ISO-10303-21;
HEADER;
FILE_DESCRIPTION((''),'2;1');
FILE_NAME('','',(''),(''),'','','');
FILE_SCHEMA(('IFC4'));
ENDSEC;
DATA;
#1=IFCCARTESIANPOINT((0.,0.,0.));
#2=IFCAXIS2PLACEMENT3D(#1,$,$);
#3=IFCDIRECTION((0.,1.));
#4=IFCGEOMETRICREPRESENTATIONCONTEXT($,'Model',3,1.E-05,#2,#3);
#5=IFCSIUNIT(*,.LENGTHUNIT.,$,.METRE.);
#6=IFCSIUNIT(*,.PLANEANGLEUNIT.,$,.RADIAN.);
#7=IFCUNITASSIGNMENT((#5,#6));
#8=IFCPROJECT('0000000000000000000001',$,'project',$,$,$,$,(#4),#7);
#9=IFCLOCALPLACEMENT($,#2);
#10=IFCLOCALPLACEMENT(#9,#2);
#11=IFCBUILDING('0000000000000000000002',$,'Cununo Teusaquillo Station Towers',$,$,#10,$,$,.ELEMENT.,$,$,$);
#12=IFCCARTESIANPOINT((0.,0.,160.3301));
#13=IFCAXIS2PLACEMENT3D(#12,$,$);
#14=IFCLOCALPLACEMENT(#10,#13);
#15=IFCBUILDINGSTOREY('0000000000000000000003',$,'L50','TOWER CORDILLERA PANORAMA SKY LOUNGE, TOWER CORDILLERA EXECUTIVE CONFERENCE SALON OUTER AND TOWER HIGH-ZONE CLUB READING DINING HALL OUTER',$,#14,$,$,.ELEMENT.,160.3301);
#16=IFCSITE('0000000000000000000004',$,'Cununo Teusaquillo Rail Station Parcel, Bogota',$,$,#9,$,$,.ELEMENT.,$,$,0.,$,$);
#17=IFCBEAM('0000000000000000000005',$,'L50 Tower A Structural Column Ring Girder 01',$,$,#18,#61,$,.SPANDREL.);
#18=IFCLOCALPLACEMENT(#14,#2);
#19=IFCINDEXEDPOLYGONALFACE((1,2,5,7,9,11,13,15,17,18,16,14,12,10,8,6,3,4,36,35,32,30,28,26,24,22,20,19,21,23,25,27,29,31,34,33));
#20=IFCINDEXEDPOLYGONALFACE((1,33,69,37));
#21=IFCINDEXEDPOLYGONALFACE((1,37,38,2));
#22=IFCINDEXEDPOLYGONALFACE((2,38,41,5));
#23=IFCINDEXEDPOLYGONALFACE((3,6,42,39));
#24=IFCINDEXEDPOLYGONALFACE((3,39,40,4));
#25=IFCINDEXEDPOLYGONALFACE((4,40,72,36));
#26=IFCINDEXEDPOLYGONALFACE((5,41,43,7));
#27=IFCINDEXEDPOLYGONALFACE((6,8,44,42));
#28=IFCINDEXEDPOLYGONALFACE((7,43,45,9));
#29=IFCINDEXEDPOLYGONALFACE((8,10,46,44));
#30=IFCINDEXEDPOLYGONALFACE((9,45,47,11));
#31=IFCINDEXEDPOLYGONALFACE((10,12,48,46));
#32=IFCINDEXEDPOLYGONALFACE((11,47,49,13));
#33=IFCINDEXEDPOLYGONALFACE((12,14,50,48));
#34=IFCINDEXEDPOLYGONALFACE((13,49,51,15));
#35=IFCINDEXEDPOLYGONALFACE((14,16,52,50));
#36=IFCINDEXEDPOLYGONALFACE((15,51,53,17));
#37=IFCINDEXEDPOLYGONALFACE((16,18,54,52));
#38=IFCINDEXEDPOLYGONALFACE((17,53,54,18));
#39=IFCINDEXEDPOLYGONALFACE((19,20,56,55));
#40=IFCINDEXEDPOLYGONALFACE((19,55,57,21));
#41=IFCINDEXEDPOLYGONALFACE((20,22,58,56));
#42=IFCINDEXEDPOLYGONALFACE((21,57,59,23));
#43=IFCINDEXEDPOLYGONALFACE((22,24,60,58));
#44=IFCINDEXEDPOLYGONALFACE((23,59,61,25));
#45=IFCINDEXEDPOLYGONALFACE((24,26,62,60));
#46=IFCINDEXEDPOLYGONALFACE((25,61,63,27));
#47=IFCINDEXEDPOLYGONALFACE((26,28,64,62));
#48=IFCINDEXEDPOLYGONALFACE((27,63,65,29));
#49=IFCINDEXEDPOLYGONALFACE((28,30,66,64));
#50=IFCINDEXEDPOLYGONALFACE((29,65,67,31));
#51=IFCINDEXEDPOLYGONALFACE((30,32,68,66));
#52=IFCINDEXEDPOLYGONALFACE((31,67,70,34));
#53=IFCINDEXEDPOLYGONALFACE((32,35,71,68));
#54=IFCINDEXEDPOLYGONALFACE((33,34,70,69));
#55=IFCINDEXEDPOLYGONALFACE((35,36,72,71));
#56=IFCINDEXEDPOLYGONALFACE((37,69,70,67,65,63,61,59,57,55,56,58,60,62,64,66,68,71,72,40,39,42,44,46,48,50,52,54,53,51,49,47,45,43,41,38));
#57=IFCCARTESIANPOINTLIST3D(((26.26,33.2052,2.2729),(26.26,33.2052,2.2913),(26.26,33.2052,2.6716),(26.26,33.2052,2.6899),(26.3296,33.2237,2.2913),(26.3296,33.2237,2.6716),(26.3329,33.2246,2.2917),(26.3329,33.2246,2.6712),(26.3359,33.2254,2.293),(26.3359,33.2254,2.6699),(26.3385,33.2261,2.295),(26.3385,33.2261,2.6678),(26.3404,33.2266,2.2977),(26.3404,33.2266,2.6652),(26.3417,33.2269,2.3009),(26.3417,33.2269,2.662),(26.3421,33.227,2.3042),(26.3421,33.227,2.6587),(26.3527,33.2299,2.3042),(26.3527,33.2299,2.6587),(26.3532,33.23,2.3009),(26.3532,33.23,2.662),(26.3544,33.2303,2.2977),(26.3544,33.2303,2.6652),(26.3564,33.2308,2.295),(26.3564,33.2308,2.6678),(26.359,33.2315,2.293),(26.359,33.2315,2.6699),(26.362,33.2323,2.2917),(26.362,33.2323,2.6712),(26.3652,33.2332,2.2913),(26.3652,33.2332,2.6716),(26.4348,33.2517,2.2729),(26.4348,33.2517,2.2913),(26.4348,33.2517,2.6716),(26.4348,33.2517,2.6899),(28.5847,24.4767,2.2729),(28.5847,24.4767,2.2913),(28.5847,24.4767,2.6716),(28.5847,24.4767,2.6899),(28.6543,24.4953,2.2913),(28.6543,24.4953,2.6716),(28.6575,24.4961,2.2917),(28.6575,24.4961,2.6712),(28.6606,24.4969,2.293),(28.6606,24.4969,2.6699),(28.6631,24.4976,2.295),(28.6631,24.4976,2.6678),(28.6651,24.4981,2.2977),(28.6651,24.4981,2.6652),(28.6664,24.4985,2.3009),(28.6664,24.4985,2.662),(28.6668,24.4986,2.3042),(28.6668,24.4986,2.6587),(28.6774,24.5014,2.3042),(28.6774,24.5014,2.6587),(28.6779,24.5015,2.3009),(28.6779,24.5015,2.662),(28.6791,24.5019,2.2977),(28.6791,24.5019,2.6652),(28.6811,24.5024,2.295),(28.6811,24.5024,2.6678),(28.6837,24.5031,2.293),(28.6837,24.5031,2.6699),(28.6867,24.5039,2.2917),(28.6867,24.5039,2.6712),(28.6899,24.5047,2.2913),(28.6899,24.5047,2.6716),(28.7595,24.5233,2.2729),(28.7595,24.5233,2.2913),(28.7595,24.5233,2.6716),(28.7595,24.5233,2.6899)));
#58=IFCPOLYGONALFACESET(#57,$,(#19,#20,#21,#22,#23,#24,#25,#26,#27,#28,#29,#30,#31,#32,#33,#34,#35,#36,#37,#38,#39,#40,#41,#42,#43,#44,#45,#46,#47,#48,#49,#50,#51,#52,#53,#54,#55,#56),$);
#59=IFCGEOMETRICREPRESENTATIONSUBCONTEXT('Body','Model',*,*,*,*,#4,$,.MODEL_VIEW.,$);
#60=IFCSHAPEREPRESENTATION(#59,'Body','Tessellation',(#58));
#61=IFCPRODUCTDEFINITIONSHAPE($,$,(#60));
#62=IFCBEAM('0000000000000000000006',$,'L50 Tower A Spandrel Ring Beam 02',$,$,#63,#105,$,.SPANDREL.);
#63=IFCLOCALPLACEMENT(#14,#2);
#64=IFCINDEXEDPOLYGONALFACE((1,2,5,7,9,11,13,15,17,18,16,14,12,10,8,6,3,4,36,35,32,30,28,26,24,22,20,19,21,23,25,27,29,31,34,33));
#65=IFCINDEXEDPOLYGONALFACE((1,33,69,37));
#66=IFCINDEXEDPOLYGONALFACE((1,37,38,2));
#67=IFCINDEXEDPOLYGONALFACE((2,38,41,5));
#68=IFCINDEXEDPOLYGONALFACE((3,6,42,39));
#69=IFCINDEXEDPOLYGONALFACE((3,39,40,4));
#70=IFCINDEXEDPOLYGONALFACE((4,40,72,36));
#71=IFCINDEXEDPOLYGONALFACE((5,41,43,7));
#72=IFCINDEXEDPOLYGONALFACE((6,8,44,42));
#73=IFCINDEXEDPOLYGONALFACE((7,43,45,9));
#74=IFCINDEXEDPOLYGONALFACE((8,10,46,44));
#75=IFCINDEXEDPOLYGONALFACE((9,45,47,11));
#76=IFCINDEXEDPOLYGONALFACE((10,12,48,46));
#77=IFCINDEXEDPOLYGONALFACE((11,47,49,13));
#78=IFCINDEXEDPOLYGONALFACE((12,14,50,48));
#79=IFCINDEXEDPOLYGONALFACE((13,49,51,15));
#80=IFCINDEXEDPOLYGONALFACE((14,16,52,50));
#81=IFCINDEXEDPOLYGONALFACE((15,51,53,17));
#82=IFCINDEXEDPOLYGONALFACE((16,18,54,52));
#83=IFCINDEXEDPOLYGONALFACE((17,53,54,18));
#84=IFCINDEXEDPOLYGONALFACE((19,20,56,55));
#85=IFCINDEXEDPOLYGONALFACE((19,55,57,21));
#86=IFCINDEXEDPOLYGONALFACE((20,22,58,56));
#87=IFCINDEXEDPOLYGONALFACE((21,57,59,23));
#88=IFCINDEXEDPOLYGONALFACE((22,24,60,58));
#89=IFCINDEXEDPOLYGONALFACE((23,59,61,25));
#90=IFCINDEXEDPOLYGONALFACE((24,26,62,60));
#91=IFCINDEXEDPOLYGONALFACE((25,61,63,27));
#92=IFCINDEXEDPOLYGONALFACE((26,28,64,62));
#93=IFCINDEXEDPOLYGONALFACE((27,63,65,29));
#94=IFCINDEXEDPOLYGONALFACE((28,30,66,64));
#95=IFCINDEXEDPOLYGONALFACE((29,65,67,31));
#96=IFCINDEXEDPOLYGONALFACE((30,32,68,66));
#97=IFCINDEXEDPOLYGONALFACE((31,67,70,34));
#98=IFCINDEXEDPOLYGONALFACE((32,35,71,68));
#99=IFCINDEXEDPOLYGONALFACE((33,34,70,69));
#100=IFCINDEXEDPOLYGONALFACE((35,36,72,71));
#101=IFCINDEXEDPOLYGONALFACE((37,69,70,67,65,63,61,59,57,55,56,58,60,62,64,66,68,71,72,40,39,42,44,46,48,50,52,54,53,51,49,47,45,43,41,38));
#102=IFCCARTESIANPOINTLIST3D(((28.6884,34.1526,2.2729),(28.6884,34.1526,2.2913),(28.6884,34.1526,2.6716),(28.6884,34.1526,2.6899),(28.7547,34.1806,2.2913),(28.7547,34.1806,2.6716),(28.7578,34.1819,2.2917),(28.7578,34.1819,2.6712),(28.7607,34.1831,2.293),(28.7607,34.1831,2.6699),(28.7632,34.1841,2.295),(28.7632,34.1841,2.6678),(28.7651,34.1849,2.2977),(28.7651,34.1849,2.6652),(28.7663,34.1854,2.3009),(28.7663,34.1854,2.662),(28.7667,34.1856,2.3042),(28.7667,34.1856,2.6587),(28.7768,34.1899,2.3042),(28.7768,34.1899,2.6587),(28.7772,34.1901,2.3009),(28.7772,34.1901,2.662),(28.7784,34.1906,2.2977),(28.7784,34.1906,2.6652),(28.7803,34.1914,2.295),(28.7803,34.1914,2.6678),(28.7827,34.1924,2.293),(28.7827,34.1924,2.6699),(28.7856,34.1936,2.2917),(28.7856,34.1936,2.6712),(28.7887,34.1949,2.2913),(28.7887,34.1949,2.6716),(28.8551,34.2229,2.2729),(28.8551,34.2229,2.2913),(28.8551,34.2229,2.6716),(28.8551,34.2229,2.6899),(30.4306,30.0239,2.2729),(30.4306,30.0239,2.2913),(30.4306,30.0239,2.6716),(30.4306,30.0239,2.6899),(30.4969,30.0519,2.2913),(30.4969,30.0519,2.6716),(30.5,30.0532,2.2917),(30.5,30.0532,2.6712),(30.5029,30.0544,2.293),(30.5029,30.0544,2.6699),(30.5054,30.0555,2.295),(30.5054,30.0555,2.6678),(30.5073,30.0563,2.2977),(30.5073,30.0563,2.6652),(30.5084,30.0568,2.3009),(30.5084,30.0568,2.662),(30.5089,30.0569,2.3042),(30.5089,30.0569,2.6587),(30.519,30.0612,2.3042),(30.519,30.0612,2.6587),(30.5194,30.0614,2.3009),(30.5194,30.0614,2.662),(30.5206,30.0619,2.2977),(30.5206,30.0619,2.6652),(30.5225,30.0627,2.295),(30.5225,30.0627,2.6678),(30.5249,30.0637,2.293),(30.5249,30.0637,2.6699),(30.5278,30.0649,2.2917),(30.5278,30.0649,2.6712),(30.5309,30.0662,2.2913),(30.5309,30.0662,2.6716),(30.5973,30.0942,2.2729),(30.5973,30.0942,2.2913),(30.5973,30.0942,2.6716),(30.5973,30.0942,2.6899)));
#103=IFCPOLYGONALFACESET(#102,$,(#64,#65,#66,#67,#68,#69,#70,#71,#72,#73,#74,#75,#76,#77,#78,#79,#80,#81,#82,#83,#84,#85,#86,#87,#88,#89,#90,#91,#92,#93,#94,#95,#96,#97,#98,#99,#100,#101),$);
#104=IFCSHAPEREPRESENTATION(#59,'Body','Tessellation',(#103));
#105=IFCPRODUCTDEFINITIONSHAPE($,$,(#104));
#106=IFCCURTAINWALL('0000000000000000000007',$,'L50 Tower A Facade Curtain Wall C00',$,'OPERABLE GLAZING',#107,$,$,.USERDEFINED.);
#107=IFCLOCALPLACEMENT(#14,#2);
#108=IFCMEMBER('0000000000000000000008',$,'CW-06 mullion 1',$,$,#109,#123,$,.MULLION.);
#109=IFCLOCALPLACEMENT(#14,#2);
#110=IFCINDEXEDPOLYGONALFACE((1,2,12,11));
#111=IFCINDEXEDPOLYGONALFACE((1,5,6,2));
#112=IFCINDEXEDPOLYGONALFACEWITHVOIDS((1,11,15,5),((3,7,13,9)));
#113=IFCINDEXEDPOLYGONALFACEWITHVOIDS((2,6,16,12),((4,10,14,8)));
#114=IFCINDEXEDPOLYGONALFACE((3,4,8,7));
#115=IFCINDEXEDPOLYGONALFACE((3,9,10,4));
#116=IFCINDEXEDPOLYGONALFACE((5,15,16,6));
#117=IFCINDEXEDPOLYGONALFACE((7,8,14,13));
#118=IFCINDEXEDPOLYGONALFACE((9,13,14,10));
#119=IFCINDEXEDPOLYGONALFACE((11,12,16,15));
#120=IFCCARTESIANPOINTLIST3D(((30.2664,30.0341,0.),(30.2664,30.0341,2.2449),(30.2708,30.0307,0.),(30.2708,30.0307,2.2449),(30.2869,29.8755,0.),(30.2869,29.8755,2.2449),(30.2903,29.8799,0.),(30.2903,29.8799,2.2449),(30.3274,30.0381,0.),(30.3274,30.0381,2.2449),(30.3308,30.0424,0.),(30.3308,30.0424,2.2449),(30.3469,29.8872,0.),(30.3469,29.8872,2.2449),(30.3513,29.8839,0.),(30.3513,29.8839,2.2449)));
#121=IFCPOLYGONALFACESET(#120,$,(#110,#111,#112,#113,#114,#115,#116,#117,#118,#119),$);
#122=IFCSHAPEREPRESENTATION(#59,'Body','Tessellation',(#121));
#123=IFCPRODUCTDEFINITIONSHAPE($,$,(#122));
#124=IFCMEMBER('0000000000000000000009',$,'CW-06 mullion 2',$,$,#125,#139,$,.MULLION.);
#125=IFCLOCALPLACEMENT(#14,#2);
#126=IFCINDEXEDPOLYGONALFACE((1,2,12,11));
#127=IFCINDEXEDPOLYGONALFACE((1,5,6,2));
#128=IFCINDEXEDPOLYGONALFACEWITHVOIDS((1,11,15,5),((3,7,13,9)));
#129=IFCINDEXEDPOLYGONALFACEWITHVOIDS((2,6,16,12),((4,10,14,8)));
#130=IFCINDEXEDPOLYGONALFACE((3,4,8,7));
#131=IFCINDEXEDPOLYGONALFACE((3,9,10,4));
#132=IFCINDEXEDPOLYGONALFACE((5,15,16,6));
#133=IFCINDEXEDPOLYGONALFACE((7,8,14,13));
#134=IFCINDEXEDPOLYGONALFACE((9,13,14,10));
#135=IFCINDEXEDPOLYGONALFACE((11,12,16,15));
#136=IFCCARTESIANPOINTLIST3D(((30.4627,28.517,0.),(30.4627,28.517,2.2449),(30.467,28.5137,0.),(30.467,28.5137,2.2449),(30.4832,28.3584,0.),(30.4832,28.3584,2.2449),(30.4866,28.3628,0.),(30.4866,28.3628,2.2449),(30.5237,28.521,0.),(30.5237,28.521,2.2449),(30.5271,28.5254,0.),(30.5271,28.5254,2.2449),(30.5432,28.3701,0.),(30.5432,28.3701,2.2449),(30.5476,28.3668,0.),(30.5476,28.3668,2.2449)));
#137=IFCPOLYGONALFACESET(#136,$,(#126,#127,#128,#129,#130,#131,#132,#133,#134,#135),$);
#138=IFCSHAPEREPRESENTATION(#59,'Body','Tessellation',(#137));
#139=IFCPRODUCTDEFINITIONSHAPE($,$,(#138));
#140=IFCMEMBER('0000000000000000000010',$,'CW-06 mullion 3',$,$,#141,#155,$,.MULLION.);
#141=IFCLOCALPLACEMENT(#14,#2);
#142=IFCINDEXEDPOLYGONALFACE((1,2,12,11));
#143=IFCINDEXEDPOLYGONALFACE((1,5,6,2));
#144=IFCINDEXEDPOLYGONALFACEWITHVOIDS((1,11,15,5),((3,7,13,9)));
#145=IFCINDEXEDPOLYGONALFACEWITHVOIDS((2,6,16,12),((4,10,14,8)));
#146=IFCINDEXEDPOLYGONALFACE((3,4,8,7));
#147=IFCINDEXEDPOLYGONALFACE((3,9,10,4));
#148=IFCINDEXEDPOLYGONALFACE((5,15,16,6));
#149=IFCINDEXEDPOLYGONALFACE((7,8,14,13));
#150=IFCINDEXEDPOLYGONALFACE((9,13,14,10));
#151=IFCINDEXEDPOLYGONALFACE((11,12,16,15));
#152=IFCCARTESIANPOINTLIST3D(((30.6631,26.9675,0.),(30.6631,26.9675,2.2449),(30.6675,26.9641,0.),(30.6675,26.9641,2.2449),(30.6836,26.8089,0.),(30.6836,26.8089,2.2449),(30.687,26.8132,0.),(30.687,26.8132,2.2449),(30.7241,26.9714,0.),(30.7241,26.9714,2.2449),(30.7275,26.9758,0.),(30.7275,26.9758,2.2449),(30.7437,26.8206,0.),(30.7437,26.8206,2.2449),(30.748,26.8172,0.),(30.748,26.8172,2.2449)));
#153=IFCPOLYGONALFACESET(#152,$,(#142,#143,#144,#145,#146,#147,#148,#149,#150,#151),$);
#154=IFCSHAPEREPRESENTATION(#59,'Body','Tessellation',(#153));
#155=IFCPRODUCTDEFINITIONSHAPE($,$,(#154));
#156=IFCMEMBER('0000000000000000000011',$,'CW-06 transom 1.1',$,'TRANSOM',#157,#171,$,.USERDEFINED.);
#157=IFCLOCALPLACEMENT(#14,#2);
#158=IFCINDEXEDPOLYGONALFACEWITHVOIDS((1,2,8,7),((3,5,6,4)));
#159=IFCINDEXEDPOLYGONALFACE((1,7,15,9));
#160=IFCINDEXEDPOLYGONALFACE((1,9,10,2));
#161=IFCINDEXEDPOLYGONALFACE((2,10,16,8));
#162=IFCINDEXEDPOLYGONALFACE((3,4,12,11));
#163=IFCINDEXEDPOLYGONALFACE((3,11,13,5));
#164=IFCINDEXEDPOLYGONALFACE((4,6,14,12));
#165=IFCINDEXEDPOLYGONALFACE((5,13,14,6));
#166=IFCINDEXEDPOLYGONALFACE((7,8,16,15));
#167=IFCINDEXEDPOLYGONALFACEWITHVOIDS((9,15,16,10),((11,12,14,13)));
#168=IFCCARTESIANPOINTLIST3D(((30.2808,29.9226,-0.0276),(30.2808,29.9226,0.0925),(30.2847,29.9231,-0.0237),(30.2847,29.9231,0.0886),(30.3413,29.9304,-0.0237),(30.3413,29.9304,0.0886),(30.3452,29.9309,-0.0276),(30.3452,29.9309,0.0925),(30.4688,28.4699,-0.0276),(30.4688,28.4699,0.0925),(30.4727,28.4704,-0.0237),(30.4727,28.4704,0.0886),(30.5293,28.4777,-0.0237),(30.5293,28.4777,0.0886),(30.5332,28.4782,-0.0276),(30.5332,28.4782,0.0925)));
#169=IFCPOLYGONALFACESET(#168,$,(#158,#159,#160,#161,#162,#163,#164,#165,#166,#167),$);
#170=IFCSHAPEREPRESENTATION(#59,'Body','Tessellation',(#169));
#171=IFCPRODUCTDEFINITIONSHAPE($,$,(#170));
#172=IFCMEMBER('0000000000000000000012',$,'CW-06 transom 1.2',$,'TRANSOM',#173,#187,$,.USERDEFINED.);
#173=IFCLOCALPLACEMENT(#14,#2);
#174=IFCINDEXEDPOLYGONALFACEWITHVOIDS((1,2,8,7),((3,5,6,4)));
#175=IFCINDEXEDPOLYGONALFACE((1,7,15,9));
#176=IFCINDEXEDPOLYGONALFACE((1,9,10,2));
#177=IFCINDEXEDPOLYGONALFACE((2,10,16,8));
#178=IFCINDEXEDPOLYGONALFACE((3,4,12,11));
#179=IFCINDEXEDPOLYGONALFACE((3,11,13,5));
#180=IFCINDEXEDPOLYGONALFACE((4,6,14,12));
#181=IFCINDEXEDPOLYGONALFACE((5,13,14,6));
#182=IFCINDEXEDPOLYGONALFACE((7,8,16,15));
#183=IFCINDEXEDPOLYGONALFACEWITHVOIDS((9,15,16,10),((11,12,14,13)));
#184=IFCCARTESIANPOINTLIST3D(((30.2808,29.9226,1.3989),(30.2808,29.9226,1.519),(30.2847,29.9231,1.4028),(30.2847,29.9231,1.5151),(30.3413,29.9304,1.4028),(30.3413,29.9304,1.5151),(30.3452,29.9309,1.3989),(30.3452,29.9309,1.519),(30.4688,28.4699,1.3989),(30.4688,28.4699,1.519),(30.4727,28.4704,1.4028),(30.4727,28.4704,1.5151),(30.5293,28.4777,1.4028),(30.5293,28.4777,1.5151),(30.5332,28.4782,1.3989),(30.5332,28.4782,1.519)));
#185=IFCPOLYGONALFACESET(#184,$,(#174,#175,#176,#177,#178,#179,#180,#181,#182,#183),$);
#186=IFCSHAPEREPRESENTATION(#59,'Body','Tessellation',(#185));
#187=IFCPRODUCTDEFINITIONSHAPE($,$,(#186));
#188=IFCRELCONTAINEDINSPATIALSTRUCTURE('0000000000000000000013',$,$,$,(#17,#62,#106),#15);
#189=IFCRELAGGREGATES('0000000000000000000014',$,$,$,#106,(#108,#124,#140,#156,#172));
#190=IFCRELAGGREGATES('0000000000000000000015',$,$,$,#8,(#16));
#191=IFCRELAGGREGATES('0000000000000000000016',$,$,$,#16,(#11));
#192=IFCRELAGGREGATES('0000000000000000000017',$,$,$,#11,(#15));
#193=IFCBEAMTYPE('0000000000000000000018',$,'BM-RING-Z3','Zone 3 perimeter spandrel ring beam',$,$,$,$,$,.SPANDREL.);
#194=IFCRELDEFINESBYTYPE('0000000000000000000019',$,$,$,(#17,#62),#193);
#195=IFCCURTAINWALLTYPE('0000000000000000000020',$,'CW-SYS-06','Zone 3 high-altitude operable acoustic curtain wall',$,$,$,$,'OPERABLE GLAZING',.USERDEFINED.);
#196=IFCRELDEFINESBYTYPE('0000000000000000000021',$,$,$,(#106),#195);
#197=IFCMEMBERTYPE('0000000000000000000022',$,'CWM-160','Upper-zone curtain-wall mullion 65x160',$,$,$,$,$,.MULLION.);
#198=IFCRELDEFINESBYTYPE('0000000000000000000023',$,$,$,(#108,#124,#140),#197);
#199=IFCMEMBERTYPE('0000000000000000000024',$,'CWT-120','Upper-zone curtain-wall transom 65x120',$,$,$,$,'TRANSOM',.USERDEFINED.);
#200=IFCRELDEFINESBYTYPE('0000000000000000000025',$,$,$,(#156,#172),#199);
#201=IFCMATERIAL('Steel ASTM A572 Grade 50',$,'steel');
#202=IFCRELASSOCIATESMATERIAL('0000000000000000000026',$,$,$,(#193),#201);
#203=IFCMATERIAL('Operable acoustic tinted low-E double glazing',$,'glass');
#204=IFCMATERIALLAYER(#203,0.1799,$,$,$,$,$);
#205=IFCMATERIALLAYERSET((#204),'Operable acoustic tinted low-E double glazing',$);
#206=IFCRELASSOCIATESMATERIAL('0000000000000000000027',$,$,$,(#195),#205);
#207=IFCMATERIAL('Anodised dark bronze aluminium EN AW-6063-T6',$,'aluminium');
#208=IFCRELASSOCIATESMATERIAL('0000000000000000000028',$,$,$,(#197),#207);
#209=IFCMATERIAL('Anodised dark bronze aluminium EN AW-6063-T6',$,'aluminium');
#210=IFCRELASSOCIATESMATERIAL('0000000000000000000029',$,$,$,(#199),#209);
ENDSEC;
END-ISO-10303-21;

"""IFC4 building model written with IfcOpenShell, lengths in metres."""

from ifc_helpers import new_model, si_unit, direction, frame, origin, origin_2d, place, context, subcontext, project, spatial, hollow_rectangle, i_section, extrude, material, layer, layer_set, material_profile, profile_set, type_object, element, aggregate, save


model = new_model("IFC4")

# Units and contexts
model_context = context("Model", 3, precision=1e-05, world=origin(), true_north=direction((0.0, 1.0)))
body_context = subcontext(model_context, "Body", "Model", "MODEL_VIEW")
ifc_project = project(units=[si_unit("LENGTHUNIT", "METRE"), si_unit("PLANEANGLEUNIT", "RADIAN")], contexts=[model_context])

# Site, building, storey
site_placement = place(None, origin())
site = spatial("IfcSite", under=ifc_project, at=site_placement, Name="Cununo Teusaquillo Rail Station Parcel, Bogota", CompositionType="ELEMENT", RefElevation=0.0)
building_placement = place(site_placement, origin())
building = spatial("IfcBuilding", under=site, at=building_placement, Name="Cununo Teusaquillo Station Towers", CompositionType="ELEMENT")
storey_placement = place(building_placement, frame((0.0, 0.0, 160.3301)))
storey = spatial("IfcBuildingStorey", under=building, at=storey_placement, Name="L50", Description="TOWER CORDILLERA PANORAMA SKY LOUNGE, TOWER CORDILLERA EXECUTIVE CONFERENCE SALON OUTER AND TOWER HIGH-ZONE CLUB READING DINING HALL OUTER", CompositionType="ELEMENT", Elevation=160.3301)

# Beams
ifc_material_1 = material(Name="Steel ASTM A572 Grade 50", Category="steel")
ifc_material_profile_1 = material_profile(ifc_material_1, i_section(OverallWidth=0.1809, OverallDepth=0.417, WebThickness=0.011, FlangeThickness=0.0183, FilletRadius=0.0129, at=origin_2d()), Name="W16X57")
ifc_profile_set_1 = profile_set([ifc_material_profile_1], Name="Steel ASTM A572 Grade 50")
beam_type_1 = type_object("IfcBeamType", Name="BM-RING-Z3", Description="Zone 3 perimeter spandrel ring beam", PredefinedType="SPANDREL", material=ifc_profile_set_1)
beam_1_placement = place(storey_placement, frame((28.6721, 24.5, 2.4814), z_axis=(-0.257363, 0.966315, 0.0), x_axis=(-0.966315, -0.257363, 0.0)))
element("IfcBeam", 1, at=beam_1_placement, inside=storey, type_object=beam_type_1, Name="L50 Tower A Structural Column Ring Girder 01", PredefinedType="SPANDREL", context=body_context, shape_type="SweptSolid", body=[
    extrude(i_section(OverallWidth=0.1809, OverallDepth=0.417, WebThickness=0.011, FlangeThickness=0.0183, FilletRadius=0.0129, at=origin_2d()), origin(), (0.0, 0.0, 1.0), 9.0327),
])
beam_2_placement = place(storey_placement, frame((30.5139, 30.0591, 2.4814), z_axis=(-0.388778, 0.921332, 0.0), x_axis=(-0.921332, -0.388778, 0.0)))
element("IfcBeam", 2, at=beam_2_placement, inside=storey, type_object=beam_type_1, Name="L50 Tower A Spandrel Ring Beam 02", PredefinedType="SPANDREL", context=body_context, shape_type="SweptSolid", body=[
    extrude(i_section(OverallWidth=0.1809, OverallDepth=0.417, WebThickness=0.011, FlangeThickness=0.0183, FilletRadius=0.0129, at=origin_2d()), origin(), (0.0, 0.0, 1.0), 4.4812),
])

# Curtain wall, members
ifc_material_2 = material(Name="Operable acoustic tinted low-E double glazing", Category="glass")
ifc_layer_1 = layer(ifc_material_2, 0.1799)
ifc_layer_set_1 = layer_set([ifc_layer_1], Name="Operable acoustic tinted low-E double glazing")
curtain_wall_type = type_object("IfcCurtainWallType", Name="CW-SYS-06", Description="Zone 3 high-altitude operable acoustic curtain wall", ElementType="OPERABLE GLAZING", PredefinedType="USERDEFINED", material=ifc_layer_set_1)
curtain_wall_placement = place(storey_placement, origin())
curtain_wall = element("IfcCurtainWall", 3, at=curtain_wall_placement, inside=storey, type_object=curtain_wall_type, Name="L50 Tower A Facade Curtain Wall C00", ObjectType="OPERABLE GLAZING", PredefinedType="USERDEFINED")
ifc_material_3 = material(Name="Anodised dark bronze aluminium EN AW-6063-T6", Category="aluminium")
ifc_material_profile_2 = material_profile(ifc_material_3, hollow_rectangle(XDim=0.0649, YDim=0.1599, WallThickness=0.0039, at=origin_2d()), Name="CW-MULL-65x160")
ifc_profile_set_2 = profile_set([ifc_material_profile_2], Name="Anodised dark bronze aluminium EN AW-6063-T6")
member_type_1 = type_object("IfcMemberType", Name="CWM-160", Description="Upper-zone curtain-wall mullion 65x160", PredefinedType="MULLION", material=ifc_profile_set_2)
member_1_placement = place(storey_placement, frame((30.3088, 29.959, 0.0), z_axis=(0.0, 0.0, 1.0), x_axis=(0.991736, 0.128293, 0.0)))
member_1 = element("IfcMember", 4, at=member_1_placement, type_object=member_type_1, Name="CW-06 mullion 1", PredefinedType="MULLION", context=body_context, shape_type="SweptSolid", body=[
    extrude(hollow_rectangle(XDim=0.0649, YDim=0.1599, WallThickness=0.0039, at=origin_2d()), origin(), (0.0, 0.0, 1.0), 2.2449),
])
member_2_placement = place(storey_placement, frame((30.5051, 28.4419, 0.0), z_axis=(0.0, 0.0, 1.0), x_axis=(0.991736, 0.128293, 0.0)))
member_2 = element("IfcMember", 5, at=member_2_placement, type_object=member_type_1, Name="CW-06 mullion 2", PredefinedType="MULLION", context=body_context, shape_type="SweptSolid", body=[
    extrude(hollow_rectangle(XDim=0.0649, YDim=0.1599, WallThickness=0.0039, at=origin_2d()), origin(), (0.0, 0.0, 1.0), 2.2449),
])
member_3_placement = place(storey_placement, frame((30.7056, 26.8923, 0.0), z_axis=(0.0, 0.0, 1.0), x_axis=(0.991736, 0.128293, 0.0)))
member_3 = element("IfcMember", 6, at=member_3_placement, type_object=member_type_1, Name="CW-06 mullion 3", PredefinedType="MULLION", context=body_context, shape_type="SweptSolid", body=[
    extrude(hollow_rectangle(XDim=0.0649, YDim=0.1599, WallThickness=0.0039, at=origin_2d()), origin(), (0.0, 0.0, 1.0), 2.2449),
])
ifc_material_4 = material(Name="Anodised dark bronze aluminium EN AW-6063-T6", Category="aluminium")
ifc_material_profile_3 = material_profile(ifc_material_4, hollow_rectangle(XDim=0.0649, YDim=0.1201, WallThickness=0.0039, at=origin_2d()), Name="CW-TRAN-65x120")
ifc_profile_set_3 = profile_set([ifc_material_profile_3], Name="Anodised dark bronze aluminium EN AW-6063-T6")
member_type_2 = type_object("IfcMemberType", Name="CWT-120", Description="Upper-zone curtain-wall transom 65x120", ElementType="TRANSOM", PredefinedType="USERDEFINED", material=ifc_profile_set_3)
member_4_placement = place(storey_placement, frame((30.313, 29.9268, 0.0325), z_axis=(0.128342, -0.99173, 0.0), x_axis=(0.99173, 0.128342, 0.0)))
member_4 = element("IfcMember", 7, at=member_4_placement, type_object=member_type_2, Name="CW-06 transom 1.1", ObjectType="TRANSOM", PredefinedType="USERDEFINED", context=body_context, shape_type="SweptSolid", body=[
    extrude(hollow_rectangle(XDim=0.0649, YDim=0.1201, WallThickness=0.0039, at=origin_2d()), origin(), (0.0, 0.0, 1.0), 1.4648),
])
member_5_placement = place(storey_placement, frame((30.313, 29.9268, 1.459), z_axis=(0.128342, -0.99173, 0.0), x_axis=(0.99173, 0.128342, 0.0)))
member_5 = element("IfcMember", 8, at=member_5_placement, type_object=member_type_2, Name="CW-06 transom 1.2", ObjectType="TRANSOM", PredefinedType="USERDEFINED", context=body_context, shape_type="SweptSolid", body=[
    extrude(hollow_rectangle(XDim=0.0649, YDim=0.1201, WallThickness=0.0039, at=origin_2d()), origin(), (0.0, 0.0, 1.0), 1.4648),
])
aggregate(curtain_wall, [member_1, member_2, member_3, member_4, member_5])

save(model, "model.ifc")
